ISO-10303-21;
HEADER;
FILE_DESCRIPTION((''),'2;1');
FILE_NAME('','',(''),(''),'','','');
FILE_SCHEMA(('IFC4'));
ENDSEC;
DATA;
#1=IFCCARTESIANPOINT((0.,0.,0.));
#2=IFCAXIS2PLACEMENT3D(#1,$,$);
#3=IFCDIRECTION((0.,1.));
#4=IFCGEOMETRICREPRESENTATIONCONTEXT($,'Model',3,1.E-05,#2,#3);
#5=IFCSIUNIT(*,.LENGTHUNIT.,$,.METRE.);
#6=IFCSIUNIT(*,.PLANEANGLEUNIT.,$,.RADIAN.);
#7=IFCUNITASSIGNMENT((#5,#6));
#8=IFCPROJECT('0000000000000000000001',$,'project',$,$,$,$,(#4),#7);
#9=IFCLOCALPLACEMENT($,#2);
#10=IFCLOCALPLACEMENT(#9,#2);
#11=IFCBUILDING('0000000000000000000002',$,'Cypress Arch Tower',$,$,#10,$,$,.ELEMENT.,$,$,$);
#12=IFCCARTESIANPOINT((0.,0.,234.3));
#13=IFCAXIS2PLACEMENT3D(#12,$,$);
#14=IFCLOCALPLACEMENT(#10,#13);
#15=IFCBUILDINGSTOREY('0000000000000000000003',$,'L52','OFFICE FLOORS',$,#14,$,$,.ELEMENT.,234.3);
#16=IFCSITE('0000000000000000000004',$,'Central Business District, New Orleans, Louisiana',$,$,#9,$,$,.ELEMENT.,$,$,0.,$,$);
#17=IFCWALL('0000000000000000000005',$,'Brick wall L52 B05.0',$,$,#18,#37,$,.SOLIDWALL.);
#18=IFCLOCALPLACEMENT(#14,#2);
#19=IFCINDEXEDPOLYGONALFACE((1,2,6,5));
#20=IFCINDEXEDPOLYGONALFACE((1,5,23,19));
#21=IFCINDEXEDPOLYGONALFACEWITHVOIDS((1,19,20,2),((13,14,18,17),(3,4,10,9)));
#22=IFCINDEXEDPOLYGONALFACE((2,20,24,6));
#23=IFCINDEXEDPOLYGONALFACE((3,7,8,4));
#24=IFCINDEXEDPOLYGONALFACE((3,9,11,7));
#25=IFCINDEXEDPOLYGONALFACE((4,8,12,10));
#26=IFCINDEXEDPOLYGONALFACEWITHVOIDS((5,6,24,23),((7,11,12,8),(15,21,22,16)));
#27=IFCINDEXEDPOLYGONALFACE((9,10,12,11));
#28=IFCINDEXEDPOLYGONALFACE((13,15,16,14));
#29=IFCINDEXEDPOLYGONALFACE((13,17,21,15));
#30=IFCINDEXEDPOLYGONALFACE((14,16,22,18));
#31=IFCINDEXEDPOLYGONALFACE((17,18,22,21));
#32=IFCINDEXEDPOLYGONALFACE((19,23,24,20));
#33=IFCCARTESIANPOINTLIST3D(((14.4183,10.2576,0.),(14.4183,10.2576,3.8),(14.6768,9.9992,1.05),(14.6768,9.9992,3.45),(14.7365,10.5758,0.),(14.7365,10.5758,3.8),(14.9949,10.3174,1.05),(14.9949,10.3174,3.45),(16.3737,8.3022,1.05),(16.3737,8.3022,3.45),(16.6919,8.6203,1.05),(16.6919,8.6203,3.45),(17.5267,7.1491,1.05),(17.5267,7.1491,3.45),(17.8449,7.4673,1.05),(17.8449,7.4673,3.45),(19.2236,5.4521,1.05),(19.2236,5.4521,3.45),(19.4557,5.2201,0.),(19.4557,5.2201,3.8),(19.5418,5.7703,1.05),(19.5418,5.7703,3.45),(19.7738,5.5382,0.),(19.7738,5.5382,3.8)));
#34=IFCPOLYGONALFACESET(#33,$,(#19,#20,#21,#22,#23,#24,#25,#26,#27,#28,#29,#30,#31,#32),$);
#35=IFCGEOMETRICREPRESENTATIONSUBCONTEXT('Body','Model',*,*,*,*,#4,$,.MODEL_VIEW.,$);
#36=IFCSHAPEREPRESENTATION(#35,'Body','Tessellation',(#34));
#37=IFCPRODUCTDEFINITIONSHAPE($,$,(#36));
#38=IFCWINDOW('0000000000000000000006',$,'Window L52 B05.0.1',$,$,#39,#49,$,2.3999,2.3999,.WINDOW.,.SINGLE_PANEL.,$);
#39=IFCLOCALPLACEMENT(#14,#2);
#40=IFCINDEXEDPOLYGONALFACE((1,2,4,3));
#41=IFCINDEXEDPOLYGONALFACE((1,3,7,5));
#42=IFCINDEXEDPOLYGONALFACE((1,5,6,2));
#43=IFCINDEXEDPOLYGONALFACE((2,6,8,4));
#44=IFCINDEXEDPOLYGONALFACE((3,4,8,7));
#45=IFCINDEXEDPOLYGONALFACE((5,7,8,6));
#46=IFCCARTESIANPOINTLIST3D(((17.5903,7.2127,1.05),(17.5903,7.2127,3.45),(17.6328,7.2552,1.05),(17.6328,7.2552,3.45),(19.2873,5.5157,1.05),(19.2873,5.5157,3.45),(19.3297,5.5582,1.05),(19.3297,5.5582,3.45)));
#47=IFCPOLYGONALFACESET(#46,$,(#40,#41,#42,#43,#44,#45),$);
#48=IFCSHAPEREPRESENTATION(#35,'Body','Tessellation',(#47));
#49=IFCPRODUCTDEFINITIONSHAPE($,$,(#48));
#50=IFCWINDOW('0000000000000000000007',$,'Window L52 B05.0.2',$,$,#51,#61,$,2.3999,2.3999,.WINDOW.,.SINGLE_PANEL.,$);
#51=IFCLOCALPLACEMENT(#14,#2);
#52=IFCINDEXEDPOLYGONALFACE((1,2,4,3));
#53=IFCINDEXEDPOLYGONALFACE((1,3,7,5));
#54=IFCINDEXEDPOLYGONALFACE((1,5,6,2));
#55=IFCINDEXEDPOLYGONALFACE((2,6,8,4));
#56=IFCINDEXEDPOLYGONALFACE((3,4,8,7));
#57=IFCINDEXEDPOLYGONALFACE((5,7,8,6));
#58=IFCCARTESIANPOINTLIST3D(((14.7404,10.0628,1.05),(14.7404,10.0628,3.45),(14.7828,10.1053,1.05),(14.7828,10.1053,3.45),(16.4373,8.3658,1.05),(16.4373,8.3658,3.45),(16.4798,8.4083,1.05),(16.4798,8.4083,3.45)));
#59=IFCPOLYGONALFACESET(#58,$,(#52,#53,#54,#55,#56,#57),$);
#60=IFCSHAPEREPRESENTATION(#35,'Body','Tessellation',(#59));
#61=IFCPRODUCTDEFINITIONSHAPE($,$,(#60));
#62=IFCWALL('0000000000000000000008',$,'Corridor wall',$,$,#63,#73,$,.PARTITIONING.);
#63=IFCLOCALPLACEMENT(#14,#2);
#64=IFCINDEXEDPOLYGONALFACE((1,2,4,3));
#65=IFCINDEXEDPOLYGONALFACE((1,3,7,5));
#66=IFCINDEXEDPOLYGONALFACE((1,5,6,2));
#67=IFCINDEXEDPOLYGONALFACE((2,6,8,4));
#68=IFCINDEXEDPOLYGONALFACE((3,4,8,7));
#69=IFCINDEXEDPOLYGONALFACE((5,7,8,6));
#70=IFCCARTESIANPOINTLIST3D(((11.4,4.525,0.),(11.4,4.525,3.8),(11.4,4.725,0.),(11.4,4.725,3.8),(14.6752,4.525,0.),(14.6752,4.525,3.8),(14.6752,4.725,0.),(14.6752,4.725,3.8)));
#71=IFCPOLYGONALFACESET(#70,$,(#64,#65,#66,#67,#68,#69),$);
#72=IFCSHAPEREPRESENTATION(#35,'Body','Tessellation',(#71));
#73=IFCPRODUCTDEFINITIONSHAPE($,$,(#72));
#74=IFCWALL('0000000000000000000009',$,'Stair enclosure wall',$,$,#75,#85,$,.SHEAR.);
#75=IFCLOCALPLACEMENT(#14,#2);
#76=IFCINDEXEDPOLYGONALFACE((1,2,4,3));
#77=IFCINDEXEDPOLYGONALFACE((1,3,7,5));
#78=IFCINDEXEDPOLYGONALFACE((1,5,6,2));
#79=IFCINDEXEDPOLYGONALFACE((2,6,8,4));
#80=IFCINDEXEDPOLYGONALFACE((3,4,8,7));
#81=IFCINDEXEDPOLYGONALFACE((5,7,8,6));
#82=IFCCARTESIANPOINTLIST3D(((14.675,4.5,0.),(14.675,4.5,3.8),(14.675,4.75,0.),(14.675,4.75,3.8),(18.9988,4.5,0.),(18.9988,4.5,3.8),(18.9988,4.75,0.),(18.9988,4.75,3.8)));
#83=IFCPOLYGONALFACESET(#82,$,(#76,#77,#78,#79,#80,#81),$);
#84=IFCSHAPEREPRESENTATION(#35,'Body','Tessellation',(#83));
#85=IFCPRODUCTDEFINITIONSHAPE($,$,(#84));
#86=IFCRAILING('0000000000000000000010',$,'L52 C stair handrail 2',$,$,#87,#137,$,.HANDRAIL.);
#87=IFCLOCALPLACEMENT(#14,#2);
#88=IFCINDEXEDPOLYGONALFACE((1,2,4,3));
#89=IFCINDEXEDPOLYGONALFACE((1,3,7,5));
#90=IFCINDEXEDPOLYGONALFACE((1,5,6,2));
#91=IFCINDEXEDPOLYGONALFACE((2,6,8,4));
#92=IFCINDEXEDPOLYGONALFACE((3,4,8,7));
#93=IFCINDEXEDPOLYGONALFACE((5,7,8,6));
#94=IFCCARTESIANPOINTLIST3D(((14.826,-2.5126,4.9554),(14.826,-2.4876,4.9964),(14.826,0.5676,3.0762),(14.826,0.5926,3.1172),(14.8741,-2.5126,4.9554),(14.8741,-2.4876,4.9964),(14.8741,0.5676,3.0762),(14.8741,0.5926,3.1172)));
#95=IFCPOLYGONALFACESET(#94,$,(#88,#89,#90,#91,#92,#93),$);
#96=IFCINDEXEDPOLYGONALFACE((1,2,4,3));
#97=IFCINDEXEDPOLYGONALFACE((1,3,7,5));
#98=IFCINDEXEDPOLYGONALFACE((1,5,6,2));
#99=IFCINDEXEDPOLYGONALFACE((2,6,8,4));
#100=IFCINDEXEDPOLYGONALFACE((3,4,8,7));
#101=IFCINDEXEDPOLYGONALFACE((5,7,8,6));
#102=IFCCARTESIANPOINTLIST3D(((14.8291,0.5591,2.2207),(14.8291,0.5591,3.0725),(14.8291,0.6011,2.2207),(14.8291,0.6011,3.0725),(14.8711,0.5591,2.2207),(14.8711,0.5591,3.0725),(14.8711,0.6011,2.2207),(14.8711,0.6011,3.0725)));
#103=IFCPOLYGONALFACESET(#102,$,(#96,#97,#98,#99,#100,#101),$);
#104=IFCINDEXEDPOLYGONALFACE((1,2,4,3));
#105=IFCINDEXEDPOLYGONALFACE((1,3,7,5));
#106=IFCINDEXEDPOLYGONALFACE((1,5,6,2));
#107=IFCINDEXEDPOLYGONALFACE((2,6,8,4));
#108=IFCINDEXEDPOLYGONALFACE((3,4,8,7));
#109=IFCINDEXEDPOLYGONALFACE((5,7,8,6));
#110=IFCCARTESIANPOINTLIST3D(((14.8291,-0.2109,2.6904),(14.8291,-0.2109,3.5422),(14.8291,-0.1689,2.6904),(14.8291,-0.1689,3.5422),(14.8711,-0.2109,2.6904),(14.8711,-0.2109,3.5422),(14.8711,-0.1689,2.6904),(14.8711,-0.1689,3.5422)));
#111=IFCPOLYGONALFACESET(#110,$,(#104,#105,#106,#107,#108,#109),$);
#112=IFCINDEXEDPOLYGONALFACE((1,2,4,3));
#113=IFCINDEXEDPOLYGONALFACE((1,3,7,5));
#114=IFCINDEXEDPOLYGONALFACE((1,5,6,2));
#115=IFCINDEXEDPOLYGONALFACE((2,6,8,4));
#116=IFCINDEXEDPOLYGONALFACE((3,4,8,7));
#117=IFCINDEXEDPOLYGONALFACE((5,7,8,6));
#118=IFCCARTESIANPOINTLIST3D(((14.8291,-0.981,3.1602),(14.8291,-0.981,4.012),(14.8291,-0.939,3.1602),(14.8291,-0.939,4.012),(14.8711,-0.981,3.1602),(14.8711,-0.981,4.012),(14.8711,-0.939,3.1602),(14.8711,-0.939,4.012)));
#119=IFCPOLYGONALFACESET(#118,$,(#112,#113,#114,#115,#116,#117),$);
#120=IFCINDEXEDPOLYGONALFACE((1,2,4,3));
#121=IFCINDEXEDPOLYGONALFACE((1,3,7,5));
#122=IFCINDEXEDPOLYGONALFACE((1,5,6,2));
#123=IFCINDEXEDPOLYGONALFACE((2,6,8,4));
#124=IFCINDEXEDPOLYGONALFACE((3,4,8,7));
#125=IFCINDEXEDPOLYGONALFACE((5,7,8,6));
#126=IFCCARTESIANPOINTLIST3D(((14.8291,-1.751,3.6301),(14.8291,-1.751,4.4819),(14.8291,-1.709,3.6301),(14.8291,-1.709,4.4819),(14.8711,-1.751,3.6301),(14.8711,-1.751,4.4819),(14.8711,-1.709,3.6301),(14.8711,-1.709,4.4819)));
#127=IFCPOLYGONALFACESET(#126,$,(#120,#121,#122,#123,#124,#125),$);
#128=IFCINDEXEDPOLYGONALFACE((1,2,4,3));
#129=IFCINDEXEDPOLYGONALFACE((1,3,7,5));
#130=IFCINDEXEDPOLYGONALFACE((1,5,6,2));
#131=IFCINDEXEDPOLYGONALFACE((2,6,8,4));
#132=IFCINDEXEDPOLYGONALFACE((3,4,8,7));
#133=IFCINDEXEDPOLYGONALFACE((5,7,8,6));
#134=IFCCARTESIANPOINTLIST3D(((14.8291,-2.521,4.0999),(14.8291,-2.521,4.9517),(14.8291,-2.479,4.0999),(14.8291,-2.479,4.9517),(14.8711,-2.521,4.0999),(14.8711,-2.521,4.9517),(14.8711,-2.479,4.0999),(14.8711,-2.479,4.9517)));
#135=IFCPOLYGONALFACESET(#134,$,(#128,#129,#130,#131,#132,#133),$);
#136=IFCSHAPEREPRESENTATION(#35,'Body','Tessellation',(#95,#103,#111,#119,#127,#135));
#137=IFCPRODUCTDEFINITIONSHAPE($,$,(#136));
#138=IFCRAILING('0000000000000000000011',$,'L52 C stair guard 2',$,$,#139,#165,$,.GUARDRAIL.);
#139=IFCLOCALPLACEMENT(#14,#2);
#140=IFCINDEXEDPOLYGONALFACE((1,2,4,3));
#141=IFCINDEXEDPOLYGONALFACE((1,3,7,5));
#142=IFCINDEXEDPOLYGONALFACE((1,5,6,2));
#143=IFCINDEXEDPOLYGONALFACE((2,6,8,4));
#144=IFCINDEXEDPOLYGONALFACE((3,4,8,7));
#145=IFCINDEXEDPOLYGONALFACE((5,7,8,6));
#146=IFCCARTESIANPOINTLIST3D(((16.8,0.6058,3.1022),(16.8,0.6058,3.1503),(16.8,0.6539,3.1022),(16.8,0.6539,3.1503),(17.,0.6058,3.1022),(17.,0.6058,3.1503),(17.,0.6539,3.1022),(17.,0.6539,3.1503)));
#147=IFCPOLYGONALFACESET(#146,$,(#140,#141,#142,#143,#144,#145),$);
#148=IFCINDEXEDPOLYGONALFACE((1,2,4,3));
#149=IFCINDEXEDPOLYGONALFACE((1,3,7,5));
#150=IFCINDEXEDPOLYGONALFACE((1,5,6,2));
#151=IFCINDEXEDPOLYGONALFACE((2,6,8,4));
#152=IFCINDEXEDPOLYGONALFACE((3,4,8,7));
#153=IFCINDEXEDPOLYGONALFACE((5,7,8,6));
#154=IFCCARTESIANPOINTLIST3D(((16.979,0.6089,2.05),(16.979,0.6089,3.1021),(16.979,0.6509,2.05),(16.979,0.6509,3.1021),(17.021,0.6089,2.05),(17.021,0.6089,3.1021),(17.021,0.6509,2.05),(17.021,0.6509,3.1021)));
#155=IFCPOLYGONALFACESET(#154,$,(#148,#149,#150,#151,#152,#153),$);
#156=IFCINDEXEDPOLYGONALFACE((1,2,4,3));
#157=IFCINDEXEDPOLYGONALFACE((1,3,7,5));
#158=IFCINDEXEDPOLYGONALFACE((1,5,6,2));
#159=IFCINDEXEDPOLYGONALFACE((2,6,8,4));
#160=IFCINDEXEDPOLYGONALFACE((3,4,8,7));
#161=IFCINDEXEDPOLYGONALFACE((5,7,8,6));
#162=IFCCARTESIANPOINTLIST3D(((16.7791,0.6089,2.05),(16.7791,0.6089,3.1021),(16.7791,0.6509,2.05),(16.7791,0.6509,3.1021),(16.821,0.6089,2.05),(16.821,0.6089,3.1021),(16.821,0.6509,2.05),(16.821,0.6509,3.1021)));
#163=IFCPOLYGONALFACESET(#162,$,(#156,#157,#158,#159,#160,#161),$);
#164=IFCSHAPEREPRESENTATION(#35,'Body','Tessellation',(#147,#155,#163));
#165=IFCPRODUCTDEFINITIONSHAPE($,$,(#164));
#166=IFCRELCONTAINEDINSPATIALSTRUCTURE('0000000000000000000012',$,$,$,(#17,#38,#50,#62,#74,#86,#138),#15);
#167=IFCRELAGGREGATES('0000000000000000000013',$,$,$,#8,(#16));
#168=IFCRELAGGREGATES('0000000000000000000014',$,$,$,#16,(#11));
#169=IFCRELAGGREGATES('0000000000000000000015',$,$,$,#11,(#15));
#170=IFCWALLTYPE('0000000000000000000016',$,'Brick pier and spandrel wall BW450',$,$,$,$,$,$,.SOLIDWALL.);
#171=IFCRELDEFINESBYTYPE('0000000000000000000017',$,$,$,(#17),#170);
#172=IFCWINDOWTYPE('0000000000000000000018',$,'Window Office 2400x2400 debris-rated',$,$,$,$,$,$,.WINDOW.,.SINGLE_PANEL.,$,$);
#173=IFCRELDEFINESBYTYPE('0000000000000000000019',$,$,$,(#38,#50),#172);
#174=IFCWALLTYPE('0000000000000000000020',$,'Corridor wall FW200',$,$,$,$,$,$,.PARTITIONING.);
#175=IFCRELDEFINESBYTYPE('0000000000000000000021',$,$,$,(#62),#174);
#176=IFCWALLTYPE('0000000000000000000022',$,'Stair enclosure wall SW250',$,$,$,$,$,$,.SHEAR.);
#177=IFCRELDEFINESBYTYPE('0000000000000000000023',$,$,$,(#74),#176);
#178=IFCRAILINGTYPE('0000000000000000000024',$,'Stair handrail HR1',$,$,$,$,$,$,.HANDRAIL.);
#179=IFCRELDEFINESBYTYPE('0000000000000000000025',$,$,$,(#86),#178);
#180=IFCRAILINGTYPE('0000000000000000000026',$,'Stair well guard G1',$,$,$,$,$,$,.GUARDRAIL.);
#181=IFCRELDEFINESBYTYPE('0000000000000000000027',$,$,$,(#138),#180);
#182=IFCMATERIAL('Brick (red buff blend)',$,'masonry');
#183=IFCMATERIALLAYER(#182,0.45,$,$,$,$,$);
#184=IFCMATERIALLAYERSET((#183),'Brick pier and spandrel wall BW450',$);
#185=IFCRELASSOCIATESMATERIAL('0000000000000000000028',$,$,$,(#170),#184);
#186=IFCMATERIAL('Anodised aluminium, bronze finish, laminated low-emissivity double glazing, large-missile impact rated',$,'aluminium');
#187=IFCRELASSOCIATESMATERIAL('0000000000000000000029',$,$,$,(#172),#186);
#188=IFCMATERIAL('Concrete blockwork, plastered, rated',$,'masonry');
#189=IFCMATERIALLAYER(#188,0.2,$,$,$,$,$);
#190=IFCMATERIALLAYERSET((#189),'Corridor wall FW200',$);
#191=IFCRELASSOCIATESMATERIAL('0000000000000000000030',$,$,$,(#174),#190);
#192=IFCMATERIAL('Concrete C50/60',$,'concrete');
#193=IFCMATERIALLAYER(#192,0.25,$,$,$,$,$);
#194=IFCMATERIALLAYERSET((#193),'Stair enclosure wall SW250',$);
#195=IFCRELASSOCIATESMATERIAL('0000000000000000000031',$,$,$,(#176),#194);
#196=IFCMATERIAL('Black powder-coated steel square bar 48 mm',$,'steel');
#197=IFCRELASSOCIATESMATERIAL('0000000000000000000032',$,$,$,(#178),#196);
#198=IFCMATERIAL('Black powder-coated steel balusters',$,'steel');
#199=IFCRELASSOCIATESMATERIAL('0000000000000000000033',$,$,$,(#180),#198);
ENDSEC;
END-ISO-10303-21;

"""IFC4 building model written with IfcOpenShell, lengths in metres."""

from ifc_helpers import new_model, si_unit, direction, frame, frame_2d, origin, origin_2d, place, context, subcontext, project, spatial, rectangle, extrude, material, layer, layer_set, type_object, element, fill, save


model = new_model("IFC4")

# Units and contexts
model_context = context("Model", 3, precision=1e-05, world=origin(), true_north=direction((0.0, 1.0)))
body_context = subcontext(model_context, "Body", "Model", "MODEL_VIEW")
ifc_project = project(units=[si_unit("LENGTHUNIT", "METRE"), si_unit("PLANEANGLEUNIT", "RADIAN")], contexts=[model_context])

# Site, building, storey
site_placement = place(None, origin())
site = spatial("IfcSite", under=ifc_project, at=site_placement, Name="Central Business District, New Orleans, Louisiana", CompositionType="ELEMENT", RefElevation=0.0)
building_placement = place(site_placement, origin())
building = spatial("IfcBuilding", under=site, at=building_placement, Name="Cypress Arch Tower", CompositionType="ELEMENT")
storey_placement = place(building_placement, frame((0.0, 0.0, 234.3)))
storey = spatial("IfcBuildingStorey", under=building, at=storey_placement, Name="L52", Description="OFFICE FLOORS", CompositionType="ELEMENT", Elevation=234.3)

# Wall, openings, windows
ifc_material_1 = material(Name="Brick (red buff blend)", Category="masonry")
ifc_layer_1 = layer(ifc_material_1, 0.45)
ifc_layer_set_1 = layer_set([ifc_layer_1], Name="Brick pier and spandrel wall BW450")
wall_type_1 = type_object("IfcWallType", Name="Brick pier and spandrel wall BW450", PredefinedType="SOLIDWALL", material=ifc_layer_set_1)
wall_1_placement = place(storey_placement, frame((19.6147, 5.3792, 0.0), z_axis=(0.0, 0.0, 1.0), x_axis=(-0.70709, 0.707124, 0.0)))
wall_1 = element("IfcWall", 1, at=wall_1_placement, inside=storey, type_object=wall_type_1, Name="Brick wall L52 B05.0", PredefinedType="SOLIDWALL", context=body_context, shape_type="SweptSolid", body=[
    extrude(rectangle(XDim=7.124, YDim=0.45, at=frame_2d((3.562, 0.0))), origin(), (0.0, 0.0, 1.0), 3.8),
])
opening_1_placement = place(wall_1_placement, frame((0.3281, 0.0, 1.05)))
opening_1 = element("IfcOpeningElement", 2, at=opening_1_placement, cuts=wall_1, PredefinedType="OPENING", context=body_context, shape_type="SweptSolid", body=[
    extrude(rectangle(XDim=2.3999, YDim=2.3999, at=frame_2d((1.2, 1.2))), frame((0.0, 0.2349, 0.0), z_axis=(0.0, -1.0, 0.0), x_axis=(1.0, 0.0, 0.0)), (0.0, 0.0, 1.0), 0.47),
])
opening_2_placement = place(wall_1_placement, frame((4.3586, 0.0, 1.05)))
opening_2 = element("IfcOpeningElement", 3, at=opening_2_placement, cuts=wall_1, PredefinedType="OPENING", context=body_context, shape_type="SweptSolid", body=[
    extrude(rectangle(XDim=2.3999, YDim=2.3999, at=frame_2d((1.2, 1.2))), frame((0.0, 0.2349, 0.0), z_axis=(0.0, -1.0, 0.0), x_axis=(1.0, 0.0, 0.0)), (0.0, 0.0, 1.0), 0.47),
])
ifc_material_2 = material(Name="Anodised aluminium, bronze finish, laminated low-emissivity double glazing, large-missile impact rated", Category="aluminium")
window_type = type_object("IfcWindowType", Name="Window Office 2400x2400 debris-rated", PartitioningType="SINGLE_PANEL", PredefinedType="WINDOW", material=ifc_material_2)
window_1_placement = place(opening_1_placement, origin())
window_1 = element("IfcWindow", 4, at=window_1_placement, inside=storey, type_object=window_type, Name="Window L52 B05.0.1", OverallHeight=2.3999, OverallWidth=2.3999, PartitioningType="SINGLE_PANEL", PredefinedType="WINDOW", context=body_context, shape_type="SweptSolid", body=[
    extrude(rectangle(XDim=2.3999, YDim=2.3999, at=frame_2d((1.2, 1.2))), frame((0.0, 0.135, 0.0), z_axis=(0.0, -1.0, 0.0), x_axis=(1.0, 0.0, 0.0)), (0.0, 0.0, 1.0), 0.0601),
])
fill(opening_1, window_1)
window_2_placement = place(opening_2_placement, origin())
window_2 = element("IfcWindow", 5, at=window_2_placement, inside=storey, type_object=window_type, Name="Window L52 B05.0.2", OverallHeight=2.3999, OverallWidth=2.3999, PartitioningType="SINGLE_PANEL", PredefinedType="WINDOW", context=body_context, shape_type="SweptSolid", body=[
    extrude(rectangle(XDim=2.3999, YDim=2.3999, at=frame_2d((1.2, 1.2))), frame((0.0, 0.135, 0.0), z_axis=(0.0, -1.0, 0.0), x_axis=(1.0, 0.0, 0.0)), (0.0, 0.0, 1.0), 0.0601),
])
fill(opening_2, window_2)

# Walls
ifc_material_3 = material(Name="Concrete blockwork, plastered, rated", Category="masonry")
ifc_layer_2 = layer(ifc_material_3, 0.2)
ifc_layer_set_2 = layer_set([ifc_layer_2], Name="Corridor wall FW200")
wall_type_2 = type_object("IfcWallType", Name="Corridor wall FW200", PredefinedType="PARTITIONING", material=ifc_layer_set_2)
wall_2_placement = place(storey_placement, frame((11.3999, 4.625, 0.0), z_axis=(0.0, 0.0, 1.0), x_axis=(1.0, 0.0, 0.0)))
element("IfcWall", 6, at=wall_2_placement, inside=storey, type_object=wall_type_2, Name="Corridor wall", PredefinedType="PARTITIONING", context=body_context, shape_type="SweptSolid", body=[
    extrude(rectangle(XDim=3.2751, YDim=0.2, at=frame_2d((1.6377, 0.0))), origin(), (0.0, 0.0, 1.0), 3.8),
])
ifc_material_4 = material(Name="Concrete C50/60", Category="concrete")
ifc_layer_3 = layer(ifc_material_4, 0.25)
ifc_layer_set_3 = layer_set([ifc_layer_3], Name="Stair enclosure wall SW250")
wall_type_3 = type_object("IfcWallType", Name="Stair enclosure wall SW250", PredefinedType="SHEAR", material=ifc_layer_set_3)
wall_3_placement = place(storey_placement, frame((14.675, 4.625, 0.0), z_axis=(0.0, 0.0, 1.0), x_axis=(1.0, 0.0, 0.0)))
element("IfcWall", 7, at=wall_3_placement, inside=storey, type_object=wall_type_3, Name="Stair enclosure wall", PredefinedType="SHEAR", context=body_context, shape_type="SweptSolid", body=[
    extrude(rectangle(XDim=4.3237, YDim=0.25, at=frame_2d((2.1619, 0.0))), origin(), (0.0, 0.0, 1.0), 3.8),
])

# Railings
ifc_material_5 = material(Name="Black powder-coated steel square bar 48 mm", Category="steel")
railing_type_1 = type_object("IfcRailingType", Name="Stair handrail HR1", PredefinedType="HANDRAIL", material=ifc_material_5)
railing_1_placement = place(storey_placement, frame((14.8501, 0.5801, 2.2207)))
element("IfcRailing", 8, at=railing_1_placement, inside=storey, type_object=railing_type_1, Name="L52 C stair handrail 2", PredefinedType="HANDRAIL", context=body_context, shape_type="SweptSolid", body=[
    extrude(rectangle(XDim=0.0481, YDim=0.0481, at=origin_2d()), frame((0.0, 0.0, 0.876), z_axis=(0.0, -0.853666, 0.52082), x_axis=(1.0, 0.0, 0.0)), (0.0, 0.0, 1.0), 3.6082),
    extrude(rectangle(XDim=0.042, YDim=0.042, at=origin_2d()), origin(), (0.0, 0.0, 1.0), 0.8518),
    extrude(rectangle(XDim=0.042, YDim=0.042, at=origin_2d()), frame((0.0, -0.77, 0.4697)), (0.0, 0.0, 1.0), 0.8518),
    extrude(rectangle(XDim=0.042, YDim=0.042, at=origin_2d()), frame((0.0, -1.54, 0.9395)), (0.0, 0.0, 1.0), 0.8518),
    extrude(rectangle(XDim=0.042, YDim=0.042, at=origin_2d()), frame((0.0, -2.3101, 1.4094)), (0.0, 0.0, 1.0), 0.8518),
    extrude(rectangle(XDim=0.042, YDim=0.042, at=origin_2d()), frame((0.0, -3.0801, 1.8792)), (0.0, 0.0, 1.0), 0.8518),
])
ifc_material_6 = material(Name="Black powder-coated steel balusters", Category="steel")
railing_type_2 = type_object("IfcRailingType", Name="Stair well guard G1", PredefinedType="GUARDRAIL", material=ifc_material_6)
railing_2_placement = place(storey_placement, frame((17.0, 0.6299, 2.05)))
element("IfcRailing", 9, at=railing_2_placement, inside=storey, type_object=railing_type_2, Name="L52 C stair guard 2", PredefinedType="GUARDRAIL", context=body_context, shape_type="SweptSolid", body=[
    extrude(rectangle(XDim=0.0481, YDim=0.0481, at=origin_2d()), frame((0.0, 0.0, 1.0762), z_axis=(-1.0, 0.0, 0.0), x_axis=(0.0, -1.0, 0.0)), (0.0, 0.0, 1.0), 0.2),
    extrude(rectangle(XDim=0.042, YDim=0.042, at=origin_2d()), origin(), (0.0, 0.0, 1.0), 1.052),
    extrude(rectangle(XDim=0.042, YDim=0.042, at=origin_2d()), frame((-0.2, 0.0, 0.0)), (0.0, 0.0, 1.0), 1.052),
])

save(model, "model.ifc")
